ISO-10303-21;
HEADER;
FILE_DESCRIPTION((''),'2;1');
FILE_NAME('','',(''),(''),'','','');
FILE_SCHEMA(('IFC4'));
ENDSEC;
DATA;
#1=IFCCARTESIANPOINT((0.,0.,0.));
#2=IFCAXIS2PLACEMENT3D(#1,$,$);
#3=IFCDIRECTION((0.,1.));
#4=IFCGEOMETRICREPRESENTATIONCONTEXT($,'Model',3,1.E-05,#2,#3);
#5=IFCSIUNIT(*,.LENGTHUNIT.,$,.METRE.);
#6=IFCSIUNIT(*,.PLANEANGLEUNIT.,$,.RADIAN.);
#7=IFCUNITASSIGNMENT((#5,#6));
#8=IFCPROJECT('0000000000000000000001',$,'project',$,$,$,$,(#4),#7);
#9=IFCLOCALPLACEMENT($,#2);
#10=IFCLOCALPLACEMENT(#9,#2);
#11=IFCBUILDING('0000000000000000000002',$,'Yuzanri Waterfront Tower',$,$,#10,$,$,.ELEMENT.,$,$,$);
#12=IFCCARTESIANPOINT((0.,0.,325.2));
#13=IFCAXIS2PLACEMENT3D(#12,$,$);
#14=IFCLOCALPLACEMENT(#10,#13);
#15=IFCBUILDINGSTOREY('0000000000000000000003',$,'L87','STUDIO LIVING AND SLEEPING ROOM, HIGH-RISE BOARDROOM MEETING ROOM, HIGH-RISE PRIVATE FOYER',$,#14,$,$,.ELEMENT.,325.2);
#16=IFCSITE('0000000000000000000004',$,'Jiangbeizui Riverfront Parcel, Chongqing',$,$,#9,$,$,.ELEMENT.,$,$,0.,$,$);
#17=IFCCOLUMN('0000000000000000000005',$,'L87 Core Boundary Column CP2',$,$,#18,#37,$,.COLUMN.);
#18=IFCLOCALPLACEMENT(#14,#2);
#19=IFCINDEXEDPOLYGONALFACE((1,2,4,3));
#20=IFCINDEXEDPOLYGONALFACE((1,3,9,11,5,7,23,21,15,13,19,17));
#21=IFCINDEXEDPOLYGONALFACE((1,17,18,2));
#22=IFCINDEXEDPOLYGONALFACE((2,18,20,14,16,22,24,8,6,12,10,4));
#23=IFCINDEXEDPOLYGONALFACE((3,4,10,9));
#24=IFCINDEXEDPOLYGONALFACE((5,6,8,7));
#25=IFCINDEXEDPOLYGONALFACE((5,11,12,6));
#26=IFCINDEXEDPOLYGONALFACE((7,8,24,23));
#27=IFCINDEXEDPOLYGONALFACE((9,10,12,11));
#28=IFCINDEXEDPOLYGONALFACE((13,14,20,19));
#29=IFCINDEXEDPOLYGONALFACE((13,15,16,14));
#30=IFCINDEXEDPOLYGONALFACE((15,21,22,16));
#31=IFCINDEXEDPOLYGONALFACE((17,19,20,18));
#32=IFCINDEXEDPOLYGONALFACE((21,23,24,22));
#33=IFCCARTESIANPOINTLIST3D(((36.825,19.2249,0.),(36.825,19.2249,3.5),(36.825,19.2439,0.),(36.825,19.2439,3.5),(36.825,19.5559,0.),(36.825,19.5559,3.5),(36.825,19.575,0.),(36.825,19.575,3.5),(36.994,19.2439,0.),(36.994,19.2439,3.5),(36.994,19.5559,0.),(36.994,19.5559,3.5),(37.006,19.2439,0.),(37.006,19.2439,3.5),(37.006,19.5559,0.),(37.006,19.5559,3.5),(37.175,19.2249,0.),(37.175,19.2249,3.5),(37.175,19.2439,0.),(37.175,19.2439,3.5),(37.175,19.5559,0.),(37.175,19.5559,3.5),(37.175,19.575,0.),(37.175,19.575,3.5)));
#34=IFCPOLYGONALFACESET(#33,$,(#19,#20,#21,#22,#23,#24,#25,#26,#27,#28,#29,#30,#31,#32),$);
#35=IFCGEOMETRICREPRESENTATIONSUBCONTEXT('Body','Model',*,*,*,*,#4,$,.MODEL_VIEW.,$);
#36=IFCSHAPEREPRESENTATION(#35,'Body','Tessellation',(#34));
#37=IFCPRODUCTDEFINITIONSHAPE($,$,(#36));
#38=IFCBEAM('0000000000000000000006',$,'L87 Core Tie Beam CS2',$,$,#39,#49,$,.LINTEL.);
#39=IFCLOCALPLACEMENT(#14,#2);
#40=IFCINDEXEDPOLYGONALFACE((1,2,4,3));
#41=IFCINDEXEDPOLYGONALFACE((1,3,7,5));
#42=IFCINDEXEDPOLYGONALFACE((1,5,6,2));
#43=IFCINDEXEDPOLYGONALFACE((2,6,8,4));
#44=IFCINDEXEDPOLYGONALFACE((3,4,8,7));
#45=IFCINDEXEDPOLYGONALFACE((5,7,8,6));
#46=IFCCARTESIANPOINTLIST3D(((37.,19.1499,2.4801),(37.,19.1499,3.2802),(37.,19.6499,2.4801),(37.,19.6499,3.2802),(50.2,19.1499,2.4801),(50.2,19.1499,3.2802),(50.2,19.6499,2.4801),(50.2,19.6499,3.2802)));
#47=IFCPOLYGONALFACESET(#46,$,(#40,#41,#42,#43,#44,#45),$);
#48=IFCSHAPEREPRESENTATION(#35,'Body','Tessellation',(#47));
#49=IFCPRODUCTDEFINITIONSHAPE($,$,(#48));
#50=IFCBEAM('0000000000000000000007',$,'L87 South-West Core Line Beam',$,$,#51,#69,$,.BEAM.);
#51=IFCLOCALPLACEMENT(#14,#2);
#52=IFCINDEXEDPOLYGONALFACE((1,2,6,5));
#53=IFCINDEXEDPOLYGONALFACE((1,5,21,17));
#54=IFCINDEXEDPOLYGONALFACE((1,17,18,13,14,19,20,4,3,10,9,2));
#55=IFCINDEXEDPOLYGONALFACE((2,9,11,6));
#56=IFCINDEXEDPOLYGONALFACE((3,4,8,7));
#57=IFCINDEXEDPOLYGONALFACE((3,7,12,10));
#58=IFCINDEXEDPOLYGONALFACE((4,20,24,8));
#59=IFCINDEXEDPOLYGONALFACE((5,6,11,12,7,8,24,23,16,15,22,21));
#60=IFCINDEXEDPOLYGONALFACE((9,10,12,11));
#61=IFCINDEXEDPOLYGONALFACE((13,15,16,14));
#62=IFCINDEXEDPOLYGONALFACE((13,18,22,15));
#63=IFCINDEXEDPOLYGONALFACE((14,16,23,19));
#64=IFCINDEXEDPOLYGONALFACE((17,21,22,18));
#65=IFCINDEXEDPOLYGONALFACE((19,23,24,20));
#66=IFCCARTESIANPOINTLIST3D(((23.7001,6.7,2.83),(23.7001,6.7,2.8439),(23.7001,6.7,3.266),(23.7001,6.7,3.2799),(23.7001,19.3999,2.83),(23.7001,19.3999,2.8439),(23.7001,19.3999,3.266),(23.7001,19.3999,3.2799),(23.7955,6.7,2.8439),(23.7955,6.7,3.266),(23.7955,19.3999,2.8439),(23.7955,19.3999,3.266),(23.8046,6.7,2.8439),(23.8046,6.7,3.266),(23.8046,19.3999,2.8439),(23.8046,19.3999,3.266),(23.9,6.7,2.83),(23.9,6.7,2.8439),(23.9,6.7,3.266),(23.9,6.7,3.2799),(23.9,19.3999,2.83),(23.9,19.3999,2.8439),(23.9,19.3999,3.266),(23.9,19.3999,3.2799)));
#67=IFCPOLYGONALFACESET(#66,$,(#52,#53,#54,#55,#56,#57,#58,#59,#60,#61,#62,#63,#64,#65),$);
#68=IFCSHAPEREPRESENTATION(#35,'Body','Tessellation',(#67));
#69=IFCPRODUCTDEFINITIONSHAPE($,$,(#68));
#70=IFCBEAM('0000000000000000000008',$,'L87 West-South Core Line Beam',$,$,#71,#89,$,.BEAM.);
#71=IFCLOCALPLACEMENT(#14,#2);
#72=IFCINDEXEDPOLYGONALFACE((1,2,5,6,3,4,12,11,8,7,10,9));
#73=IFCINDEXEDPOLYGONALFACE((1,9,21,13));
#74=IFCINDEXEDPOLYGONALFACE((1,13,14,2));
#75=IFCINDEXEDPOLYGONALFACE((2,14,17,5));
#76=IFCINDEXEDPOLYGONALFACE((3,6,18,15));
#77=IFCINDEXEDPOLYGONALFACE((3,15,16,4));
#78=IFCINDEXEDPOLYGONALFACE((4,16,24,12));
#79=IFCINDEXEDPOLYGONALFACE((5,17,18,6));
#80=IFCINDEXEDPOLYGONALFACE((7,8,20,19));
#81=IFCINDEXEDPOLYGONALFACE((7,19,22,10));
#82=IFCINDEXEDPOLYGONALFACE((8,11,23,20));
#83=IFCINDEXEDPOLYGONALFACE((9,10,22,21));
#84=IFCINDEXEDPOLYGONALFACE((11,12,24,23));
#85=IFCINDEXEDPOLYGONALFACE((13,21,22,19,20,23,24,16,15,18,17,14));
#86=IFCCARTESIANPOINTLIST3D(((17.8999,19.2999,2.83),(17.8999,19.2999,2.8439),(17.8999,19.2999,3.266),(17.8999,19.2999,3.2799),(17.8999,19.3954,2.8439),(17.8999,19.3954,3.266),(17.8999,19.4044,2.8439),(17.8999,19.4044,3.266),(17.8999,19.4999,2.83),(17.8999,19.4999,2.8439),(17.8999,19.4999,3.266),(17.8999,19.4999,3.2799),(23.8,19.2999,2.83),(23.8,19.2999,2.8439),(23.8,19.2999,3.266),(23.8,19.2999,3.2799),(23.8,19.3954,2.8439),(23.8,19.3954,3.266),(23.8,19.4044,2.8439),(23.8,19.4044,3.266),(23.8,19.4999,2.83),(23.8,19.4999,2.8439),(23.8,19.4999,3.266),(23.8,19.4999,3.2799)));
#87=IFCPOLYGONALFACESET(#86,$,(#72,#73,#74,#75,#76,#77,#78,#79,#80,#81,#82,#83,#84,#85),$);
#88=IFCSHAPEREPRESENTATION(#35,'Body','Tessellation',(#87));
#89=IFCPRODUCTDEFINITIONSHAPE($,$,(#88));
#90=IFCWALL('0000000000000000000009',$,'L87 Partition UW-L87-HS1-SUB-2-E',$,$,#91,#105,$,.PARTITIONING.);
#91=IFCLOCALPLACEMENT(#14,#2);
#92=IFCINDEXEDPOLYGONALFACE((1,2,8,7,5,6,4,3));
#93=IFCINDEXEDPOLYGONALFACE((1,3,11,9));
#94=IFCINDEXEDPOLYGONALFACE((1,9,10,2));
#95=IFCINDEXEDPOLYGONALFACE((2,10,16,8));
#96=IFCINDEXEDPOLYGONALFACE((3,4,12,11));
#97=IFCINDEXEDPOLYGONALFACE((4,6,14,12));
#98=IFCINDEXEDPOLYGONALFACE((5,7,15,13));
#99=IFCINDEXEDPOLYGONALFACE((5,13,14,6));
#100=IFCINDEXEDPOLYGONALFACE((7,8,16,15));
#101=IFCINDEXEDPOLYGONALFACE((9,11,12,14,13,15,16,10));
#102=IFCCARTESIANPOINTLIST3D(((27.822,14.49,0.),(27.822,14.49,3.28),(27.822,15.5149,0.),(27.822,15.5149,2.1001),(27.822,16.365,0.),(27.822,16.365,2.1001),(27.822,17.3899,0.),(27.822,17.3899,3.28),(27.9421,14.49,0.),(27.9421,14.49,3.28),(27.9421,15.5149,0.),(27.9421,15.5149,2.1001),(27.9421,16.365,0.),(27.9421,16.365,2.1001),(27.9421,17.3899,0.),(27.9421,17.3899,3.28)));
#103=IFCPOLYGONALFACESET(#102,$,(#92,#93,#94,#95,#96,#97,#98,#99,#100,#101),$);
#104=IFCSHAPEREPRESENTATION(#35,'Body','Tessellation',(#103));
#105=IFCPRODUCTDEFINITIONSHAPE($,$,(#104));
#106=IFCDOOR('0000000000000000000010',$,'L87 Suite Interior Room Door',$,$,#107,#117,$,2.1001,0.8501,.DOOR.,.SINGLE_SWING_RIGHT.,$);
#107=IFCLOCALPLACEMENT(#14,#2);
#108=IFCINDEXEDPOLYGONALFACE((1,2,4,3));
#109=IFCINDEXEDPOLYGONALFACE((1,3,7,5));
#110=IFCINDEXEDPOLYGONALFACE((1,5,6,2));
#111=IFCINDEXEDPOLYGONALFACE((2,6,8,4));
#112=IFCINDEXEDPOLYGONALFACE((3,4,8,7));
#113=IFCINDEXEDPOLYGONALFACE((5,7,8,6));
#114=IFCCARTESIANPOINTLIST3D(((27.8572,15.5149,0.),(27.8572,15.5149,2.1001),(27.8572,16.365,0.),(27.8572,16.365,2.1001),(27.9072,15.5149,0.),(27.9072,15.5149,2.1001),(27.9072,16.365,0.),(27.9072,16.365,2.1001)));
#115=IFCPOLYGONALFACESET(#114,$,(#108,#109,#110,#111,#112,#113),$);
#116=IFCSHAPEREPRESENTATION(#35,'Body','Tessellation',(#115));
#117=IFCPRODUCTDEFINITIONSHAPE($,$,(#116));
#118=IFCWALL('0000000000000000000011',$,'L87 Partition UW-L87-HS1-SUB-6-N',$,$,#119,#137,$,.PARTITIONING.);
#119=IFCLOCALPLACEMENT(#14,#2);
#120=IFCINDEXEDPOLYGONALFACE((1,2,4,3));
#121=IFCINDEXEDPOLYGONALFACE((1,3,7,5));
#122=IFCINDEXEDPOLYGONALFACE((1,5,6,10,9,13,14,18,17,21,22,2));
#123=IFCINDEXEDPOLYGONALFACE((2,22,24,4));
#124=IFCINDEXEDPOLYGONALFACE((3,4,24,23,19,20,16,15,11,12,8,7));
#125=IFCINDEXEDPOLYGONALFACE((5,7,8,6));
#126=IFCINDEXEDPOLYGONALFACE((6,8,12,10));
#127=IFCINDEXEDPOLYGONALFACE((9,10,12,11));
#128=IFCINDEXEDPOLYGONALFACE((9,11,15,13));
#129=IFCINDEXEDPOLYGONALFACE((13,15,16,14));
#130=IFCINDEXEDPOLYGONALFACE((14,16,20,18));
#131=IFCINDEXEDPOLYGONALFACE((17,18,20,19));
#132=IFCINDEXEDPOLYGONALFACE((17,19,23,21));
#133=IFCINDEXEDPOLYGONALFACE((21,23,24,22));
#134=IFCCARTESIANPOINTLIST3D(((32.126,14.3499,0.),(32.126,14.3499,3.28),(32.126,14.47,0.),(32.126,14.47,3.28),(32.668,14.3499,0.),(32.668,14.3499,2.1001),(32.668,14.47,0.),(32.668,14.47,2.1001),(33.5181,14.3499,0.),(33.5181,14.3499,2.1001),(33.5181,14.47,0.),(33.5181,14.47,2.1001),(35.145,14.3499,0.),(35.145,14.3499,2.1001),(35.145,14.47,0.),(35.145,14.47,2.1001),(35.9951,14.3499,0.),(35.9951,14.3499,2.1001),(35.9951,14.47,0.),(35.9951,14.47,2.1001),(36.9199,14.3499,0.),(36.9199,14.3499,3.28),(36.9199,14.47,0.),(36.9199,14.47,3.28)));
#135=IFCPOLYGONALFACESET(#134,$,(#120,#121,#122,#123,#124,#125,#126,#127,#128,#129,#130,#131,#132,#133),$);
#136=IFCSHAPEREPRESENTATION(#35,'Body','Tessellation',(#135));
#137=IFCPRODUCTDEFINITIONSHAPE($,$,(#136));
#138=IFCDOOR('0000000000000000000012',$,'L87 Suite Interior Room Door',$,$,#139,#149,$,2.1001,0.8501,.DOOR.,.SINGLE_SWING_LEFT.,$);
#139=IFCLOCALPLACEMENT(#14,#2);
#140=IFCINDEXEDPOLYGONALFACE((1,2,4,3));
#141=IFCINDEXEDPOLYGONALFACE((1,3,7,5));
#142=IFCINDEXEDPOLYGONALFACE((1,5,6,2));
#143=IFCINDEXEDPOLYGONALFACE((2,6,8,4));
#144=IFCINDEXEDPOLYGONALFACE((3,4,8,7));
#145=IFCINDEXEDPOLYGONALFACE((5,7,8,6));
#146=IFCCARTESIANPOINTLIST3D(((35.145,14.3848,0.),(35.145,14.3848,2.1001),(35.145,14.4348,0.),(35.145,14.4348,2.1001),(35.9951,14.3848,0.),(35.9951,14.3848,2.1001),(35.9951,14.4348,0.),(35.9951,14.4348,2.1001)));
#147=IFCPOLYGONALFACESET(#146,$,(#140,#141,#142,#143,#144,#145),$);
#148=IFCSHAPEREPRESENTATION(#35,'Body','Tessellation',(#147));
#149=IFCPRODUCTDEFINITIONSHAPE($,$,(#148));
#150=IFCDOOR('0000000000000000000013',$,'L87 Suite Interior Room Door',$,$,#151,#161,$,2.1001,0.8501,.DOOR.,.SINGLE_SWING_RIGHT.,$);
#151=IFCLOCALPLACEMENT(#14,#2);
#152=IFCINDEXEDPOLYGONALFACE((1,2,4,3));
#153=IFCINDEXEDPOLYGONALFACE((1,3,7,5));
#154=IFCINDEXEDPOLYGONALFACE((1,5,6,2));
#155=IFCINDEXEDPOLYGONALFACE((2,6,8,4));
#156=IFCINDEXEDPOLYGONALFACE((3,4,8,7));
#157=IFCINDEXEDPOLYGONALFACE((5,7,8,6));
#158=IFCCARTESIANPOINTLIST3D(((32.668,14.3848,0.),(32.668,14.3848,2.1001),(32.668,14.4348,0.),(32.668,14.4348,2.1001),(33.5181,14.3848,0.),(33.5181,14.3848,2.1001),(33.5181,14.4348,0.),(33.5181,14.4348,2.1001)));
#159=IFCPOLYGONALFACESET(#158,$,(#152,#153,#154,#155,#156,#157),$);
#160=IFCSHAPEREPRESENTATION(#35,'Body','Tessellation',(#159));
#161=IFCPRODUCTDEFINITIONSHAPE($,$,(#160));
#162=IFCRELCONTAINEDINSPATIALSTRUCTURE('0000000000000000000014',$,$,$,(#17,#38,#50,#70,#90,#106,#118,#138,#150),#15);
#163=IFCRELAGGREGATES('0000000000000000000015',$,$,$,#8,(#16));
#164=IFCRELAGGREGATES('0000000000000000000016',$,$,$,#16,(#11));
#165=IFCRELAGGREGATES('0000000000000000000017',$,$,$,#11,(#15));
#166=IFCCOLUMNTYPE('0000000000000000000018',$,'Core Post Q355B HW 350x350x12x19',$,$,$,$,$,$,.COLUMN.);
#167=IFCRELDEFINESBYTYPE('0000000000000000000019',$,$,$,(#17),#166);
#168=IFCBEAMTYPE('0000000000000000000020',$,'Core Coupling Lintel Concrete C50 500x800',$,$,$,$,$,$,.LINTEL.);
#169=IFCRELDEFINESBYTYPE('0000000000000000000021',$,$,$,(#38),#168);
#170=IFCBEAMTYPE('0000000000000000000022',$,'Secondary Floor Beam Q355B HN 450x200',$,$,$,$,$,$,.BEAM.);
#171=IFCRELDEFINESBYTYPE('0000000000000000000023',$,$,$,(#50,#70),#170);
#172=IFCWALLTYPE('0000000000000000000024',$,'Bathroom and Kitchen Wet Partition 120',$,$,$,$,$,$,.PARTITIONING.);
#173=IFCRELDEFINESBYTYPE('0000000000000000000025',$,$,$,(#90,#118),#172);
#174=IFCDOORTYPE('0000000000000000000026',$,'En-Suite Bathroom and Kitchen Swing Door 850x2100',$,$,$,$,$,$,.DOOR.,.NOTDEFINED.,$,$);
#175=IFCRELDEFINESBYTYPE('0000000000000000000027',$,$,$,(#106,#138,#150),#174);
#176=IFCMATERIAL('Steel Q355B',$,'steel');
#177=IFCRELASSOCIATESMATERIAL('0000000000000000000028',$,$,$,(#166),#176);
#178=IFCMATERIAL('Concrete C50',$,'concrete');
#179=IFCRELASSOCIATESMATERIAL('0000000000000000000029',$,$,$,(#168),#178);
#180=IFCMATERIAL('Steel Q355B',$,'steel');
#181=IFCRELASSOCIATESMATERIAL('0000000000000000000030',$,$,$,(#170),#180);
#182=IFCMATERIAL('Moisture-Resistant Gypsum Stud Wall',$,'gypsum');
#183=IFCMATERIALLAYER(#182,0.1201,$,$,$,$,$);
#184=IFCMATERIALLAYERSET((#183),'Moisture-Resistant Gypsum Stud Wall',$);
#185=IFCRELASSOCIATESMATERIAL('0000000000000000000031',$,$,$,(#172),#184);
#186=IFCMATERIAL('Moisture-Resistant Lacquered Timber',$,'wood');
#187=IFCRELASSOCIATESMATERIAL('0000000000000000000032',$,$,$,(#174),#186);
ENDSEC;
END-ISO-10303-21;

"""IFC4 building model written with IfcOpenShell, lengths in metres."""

from ifc_helpers import new_model, si_unit, direction, frame, frame_2d, origin, origin_2d, place, context, subcontext, project, spatial, rectangle, i_section, extrude, source, transform, mapped, material, layer, layer_set, material_profile, profile_set, type_object, element, fill, save


model = new_model("IFC4")

# Units and contexts
model_context = context("Model", 3, precision=1e-05, world=origin(), true_north=direction((0.0, 1.0)))
body_context = subcontext(model_context, "Body", "Model", "MODEL_VIEW")
ifc_project = project(units=[si_unit("LENGTHUNIT", "METRE"), si_unit("PLANEANGLEUNIT", "RADIAN")], contexts=[model_context])

# Site, building, storey
site_placement = place(None, origin())
site = spatial("IfcSite", under=ifc_project, at=site_placement, Name="Jiangbeizui Riverfront Parcel, Chongqing", CompositionType="ELEMENT", RefElevation=0.0)
building_placement = place(site_placement, origin())
building = spatial("IfcBuilding", under=site, at=building_placement, Name="Yuzanri Waterfront Tower", CompositionType="ELEMENT")
storey_placement = place(building_placement, frame((0.0, 0.0, 325.2)))
storey = spatial("IfcBuildingStorey", under=building, at=storey_placement, Name="L87", Description="STUDIO LIVING AND SLEEPING ROOM, HIGH-RISE BOARDROOM MEETING ROOM, HIGH-RISE PRIVATE FOYER", CompositionType="ELEMENT", Elevation=325.2)

# Column
ifc_material_1 = material(Name="Steel Q355B", Category="steel")
ifc_material_profile_1 = material_profile(ifc_material_1, i_section(OverallWidth=0.3501, OverallDepth=0.3501, WebThickness=0.012, FlangeThickness=0.019, at=origin_2d()), Name="HW 350x350x12x19")
ifc_profile_set_1 = profile_set([ifc_material_profile_1], Name="Steel Q355B")
column_type = type_object("IfcColumnType", Name="Core Post Q355B HW 350x350x12x19", PredefinedType="COLUMN", material=ifc_profile_set_1)
shared_shape_1 = source(origin(), body_context, "Body", "SweptSolid", [
    extrude(i_section(OverallWidth=0.3501, OverallDepth=0.3501, WebThickness=0.012, FlangeThickness=0.019, at=origin_2d()), origin(), (0.0, 0.0, 1.0), 3.5),
])
column_placement = place(storey_placement, frame((37.0, 19.3999, 0.0), z_axis=(0.0, 0.0, 1.0), x_axis=(1.0, 0.0, 0.0)))
element("IfcColumn", 1, at=column_placement, inside=storey, type_object=column_type, Name="L87 Core Boundary Column CP2", PredefinedType="COLUMN", context=body_context, shape_type="MappedRepresentation", body=[
    mapped(shared_shape_1, transform((0.0, 0.0, 0.0), scale=1.0)),
])

# Beams
ifc_material_2 = material(Name="Concrete C50", Category="concrete")
ifc_material_profile_2 = material_profile(ifc_material_2, rectangle(XDim=0.5, YDim=0.8, at=origin_2d()), Name="RC 500x800")
ifc_profile_set_2 = profile_set([ifc_material_profile_2], Name="Concrete C50")
beam_type_1 = type_object("IfcBeamType", Name="Core Coupling Lintel Concrete C50 500x800", PredefinedType="LINTEL", material=ifc_profile_set_2)
shared_shape_2 = source(origin(), body_context, "Body", "SweptSolid", [
    extrude(rectangle(XDim=0.5, YDim=0.8, at=origin_2d()), origin(), (0.0, 0.0, 1.0), 13.2),
])
beam_1_placement = place(storey_placement, frame((37.0, 19.3999, 2.8801), z_axis=(1.0, 0.0, 0.0), x_axis=(0.0, 1.0, 0.0)))
element("IfcBeam", 2, at=beam_1_placement, inside=storey, type_object=beam_type_1, Name="L87 Core Tie Beam CS2", PredefinedType="LINTEL", context=body_context, shape_type="MappedRepresentation", body=[
    mapped(shared_shape_2, transform((0.0, 0.0, 0.0), scale=1.0)),
])
ifc_material_3 = material(Name="Steel Q355B", Category="steel")
ifc_material_profile_3 = material_profile(ifc_material_3, i_section(OverallWidth=0.2, OverallDepth=0.45, WebThickness=0.009, FlangeThickness=0.0139, at=origin_2d()), Name="HN 450x200x9x14")
ifc_profile_set_3 = profile_set([ifc_material_profile_3], Name="Steel Q355B")
beam_type_2 = type_object("IfcBeamType", Name="Secondary Floor Beam Q355B HN 450x200", PredefinedType="BEAM", material=ifc_profile_set_3)
shared_shape_3 = source(origin(), body_context, "Body", "SweptSolid", [
    extrude(i_section(OverallWidth=0.2, OverallDepth=0.45, WebThickness=0.009, FlangeThickness=0.0139, at=origin_2d()), origin(), (0.0, 0.0, 1.0), 12.7),
])
beam_2_placement = place(storey_placement, frame((23.8, 19.3999, 3.0549), z_axis=(0.0, -1.0, 0.0), x_axis=(1.0, 0.0, 0.0)))
element("IfcBeam", 3, at=beam_2_placement, inside=storey, type_object=beam_type_2, Name="L87 South-West Core Line Beam", PredefinedType="BEAM", context=body_context, shape_type="MappedRepresentation", body=[
    mapped(shared_shape_3, transform((0.0, 0.0, 0.0), scale=1.0)),
])
shared_shape_4 = source(origin(), body_context, "Body", "SweptSolid", [
    extrude(i_section(OverallWidth=0.2, OverallDepth=0.45, WebThickness=0.009, FlangeThickness=0.0139, at=origin_2d()), origin(), (0.0, 0.0, 1.0), 5.9001),
])
beam_3_placement = place(storey_placement, frame((23.8, 19.3999, 3.0549), z_axis=(-1.0, 0.0, 0.0), x_axis=(0.0, -1.0, 0.0)))
element("IfcBeam", 4, at=beam_3_placement, inside=storey, type_object=beam_type_2, Name="L87 West-South Core Line Beam", PredefinedType="BEAM", context=body_context, shape_type="MappedRepresentation", body=[
    mapped(shared_shape_4, transform((0.0, 0.0, 0.0), scale=1.0)),
])

# Wall, opening, door
ifc_material_4 = material(Name="Moisture-Resistant Gypsum Stud Wall", Category="gypsum")
ifc_layer_1 = layer(ifc_material_4, 0.1201)
ifc_layer_set_1 = layer_set([ifc_layer_1], Name="Moisture-Resistant Gypsum Stud Wall")
wall_type_1 = type_object("IfcWallType", Name="Bathroom and Kitchen Wet Partition 120", PredefinedType="PARTITIONING", material=ifc_layer_set_1)
wall_1_placement = place(storey_placement, frame((27.8821, 14.49, 0.0), z_axis=(0.0, 0.0, 1.0), x_axis=(0.0, 1.0, 0.0)))
wall_1 = element("IfcWall", 5, at=wall_1_placement, inside=storey, type_object=wall_type_1, Name="L87 Partition UW-L87-HS1-SUB-2-E", PredefinedType="PARTITIONING", context=body_context, shape_type="SweptSolid", body=[
    extrude(rectangle(XDim=2.8999, YDim=0.1201, at=frame_2d((1.45, 0.0))), origin(), (0.0, 0.0, 1.0), 3.28),
])
opening_1_placement = place(wall_1_placement, frame((1.0249, 0.0, 0.0)))
opening_1 = element("IfcOpeningElement", 6, at=opening_1_placement, cuts=wall_1, PredefinedType="OPENING", context=body_context, shape_type="SweptSolid", body=[
    extrude(rectangle(XDim=0.8501, YDim=2.1001, at=frame_2d((0.425, 1.05))), frame((0.0, 0.075, 0.0), z_axis=(0.0, -1.0, 0.0), x_axis=(1.0, 0.0, 0.0)), (0.0, 0.0, 1.0), 0.1499),
])
ifc_material_5 = material(Name="Moisture-Resistant Lacquered Timber", Category="wood")
door_type_1 = type_object("IfcDoorType", Name="En-Suite Bathroom and Kitchen Swing Door 850x2100", OperationType="NOTDEFINED", PredefinedType="DOOR", material=ifc_material_5)
shared_shape_5 = source(origin(), body_context, "Body", "SweptSolid", [
    extrude(rectangle(XDim=0.8501, YDim=2.1001, at=frame_2d((0.425, 1.05))), frame((0.0, 0.0249, 0.0), z_axis=(0.0, -1.0, 0.0), x_axis=(1.0, 0.0, 0.0)), (0.0, 0.0, 1.0), 0.05),
])
door_1_placement = place(opening_1_placement, origin())
door_1 = element("IfcDoor", 7, at=door_1_placement, inside=storey, type_object=door_type_1, Name="L87 Suite Interior Room Door", OperationType="SINGLE_SWING_RIGHT", OverallHeight=2.1001, OverallWidth=0.8501, PredefinedType="DOOR", context=body_context, shape_type="MappedRepresentation", body=[
    mapped(shared_shape_5, transform((0.0, 0.0, 0.0), scale=1.0)),
])
fill(opening_1, door_1)

# Wall, openings, doors
wall_2_placement = place(storey_placement, frame((32.126, 14.4099, 0.0), z_axis=(0.0, 0.0, 1.0), x_axis=(1.0, 0.0, 0.0)))
wall_2 = element("IfcWall", 8, at=wall_2_placement, inside=storey, type_object=wall_type_1, Name="L87 Partition UW-L87-HS1-SUB-6-N", PredefinedType="PARTITIONING", context=body_context, shape_type="SweptSolid", body=[
    extrude(rectangle(XDim=4.7939, YDim=0.1201, at=frame_2d((2.397, 0.0))), origin(), (0.0, 0.0, 1.0), 3.28),
])
opening_2_placement = place(wall_2_placement, frame((3.019, 0.0, 0.0)))
opening_2 = element("IfcOpeningElement", 9, at=opening_2_placement, cuts=wall_2, PredefinedType="OPENING", context=body_context, shape_type="SweptSolid", body=[
    extrude(rectangle(XDim=0.8501, YDim=2.1001, at=frame_2d((0.425, 1.05))), frame((0.0, 0.075, 0.0), z_axis=(0.0, -1.0, 0.0), x_axis=(1.0, 0.0, 0.0)), (0.0, 0.0, 1.0), 0.1499),
])
opening_3_placement = place(wall_2_placement, frame((0.542, 0.0, 0.0)))
opening_3 = element("IfcOpeningElement", 10, at=opening_3_placement, cuts=wall_2, PredefinedType="OPENING", context=body_context, shape_type="SweptSolid", body=[
    extrude(rectangle(XDim=0.8501, YDim=2.1001, at=frame_2d((0.425, 1.05))), frame((0.0, 0.075, 0.0), z_axis=(0.0, -1.0, 0.0), x_axis=(1.0, 0.0, 0.0)), (0.0, 0.0, 1.0), 0.1499),
])
door_2_placement = place(opening_2_placement, origin())
door_2 = element("IfcDoor", 11, at=door_2_placement, inside=storey, type_object=door_type_1, Name="L87 Suite Interior Room Door", OperationType="SINGLE_SWING_LEFT", OverallHeight=2.1001, OverallWidth=0.8501, PredefinedType="DOOR", context=body_context, shape_type="MappedRepresentation", body=[
    mapped(shared_shape_5, transform((0.0, 0.0, 0.0), scale=1.0)),
])
fill(opening_2, door_2)
door_3_placement = place(opening_3_placement, origin())
door_3 = element("IfcDoor", 12, at=door_3_placement, inside=storey, type_object=door_type_1, Name="L87 Suite Interior Room Door", OperationType="SINGLE_SWING_RIGHT", OverallHeight=2.1001, OverallWidth=0.8501, PredefinedType="DOOR", context=body_context, shape_type="MappedRepresentation", body=[
    mapped(shared_shape_5, transform((0.0, 0.0, 0.0), scale=1.0)),
])
fill(opening_3, door_3)

save(model, "model.ifc")
